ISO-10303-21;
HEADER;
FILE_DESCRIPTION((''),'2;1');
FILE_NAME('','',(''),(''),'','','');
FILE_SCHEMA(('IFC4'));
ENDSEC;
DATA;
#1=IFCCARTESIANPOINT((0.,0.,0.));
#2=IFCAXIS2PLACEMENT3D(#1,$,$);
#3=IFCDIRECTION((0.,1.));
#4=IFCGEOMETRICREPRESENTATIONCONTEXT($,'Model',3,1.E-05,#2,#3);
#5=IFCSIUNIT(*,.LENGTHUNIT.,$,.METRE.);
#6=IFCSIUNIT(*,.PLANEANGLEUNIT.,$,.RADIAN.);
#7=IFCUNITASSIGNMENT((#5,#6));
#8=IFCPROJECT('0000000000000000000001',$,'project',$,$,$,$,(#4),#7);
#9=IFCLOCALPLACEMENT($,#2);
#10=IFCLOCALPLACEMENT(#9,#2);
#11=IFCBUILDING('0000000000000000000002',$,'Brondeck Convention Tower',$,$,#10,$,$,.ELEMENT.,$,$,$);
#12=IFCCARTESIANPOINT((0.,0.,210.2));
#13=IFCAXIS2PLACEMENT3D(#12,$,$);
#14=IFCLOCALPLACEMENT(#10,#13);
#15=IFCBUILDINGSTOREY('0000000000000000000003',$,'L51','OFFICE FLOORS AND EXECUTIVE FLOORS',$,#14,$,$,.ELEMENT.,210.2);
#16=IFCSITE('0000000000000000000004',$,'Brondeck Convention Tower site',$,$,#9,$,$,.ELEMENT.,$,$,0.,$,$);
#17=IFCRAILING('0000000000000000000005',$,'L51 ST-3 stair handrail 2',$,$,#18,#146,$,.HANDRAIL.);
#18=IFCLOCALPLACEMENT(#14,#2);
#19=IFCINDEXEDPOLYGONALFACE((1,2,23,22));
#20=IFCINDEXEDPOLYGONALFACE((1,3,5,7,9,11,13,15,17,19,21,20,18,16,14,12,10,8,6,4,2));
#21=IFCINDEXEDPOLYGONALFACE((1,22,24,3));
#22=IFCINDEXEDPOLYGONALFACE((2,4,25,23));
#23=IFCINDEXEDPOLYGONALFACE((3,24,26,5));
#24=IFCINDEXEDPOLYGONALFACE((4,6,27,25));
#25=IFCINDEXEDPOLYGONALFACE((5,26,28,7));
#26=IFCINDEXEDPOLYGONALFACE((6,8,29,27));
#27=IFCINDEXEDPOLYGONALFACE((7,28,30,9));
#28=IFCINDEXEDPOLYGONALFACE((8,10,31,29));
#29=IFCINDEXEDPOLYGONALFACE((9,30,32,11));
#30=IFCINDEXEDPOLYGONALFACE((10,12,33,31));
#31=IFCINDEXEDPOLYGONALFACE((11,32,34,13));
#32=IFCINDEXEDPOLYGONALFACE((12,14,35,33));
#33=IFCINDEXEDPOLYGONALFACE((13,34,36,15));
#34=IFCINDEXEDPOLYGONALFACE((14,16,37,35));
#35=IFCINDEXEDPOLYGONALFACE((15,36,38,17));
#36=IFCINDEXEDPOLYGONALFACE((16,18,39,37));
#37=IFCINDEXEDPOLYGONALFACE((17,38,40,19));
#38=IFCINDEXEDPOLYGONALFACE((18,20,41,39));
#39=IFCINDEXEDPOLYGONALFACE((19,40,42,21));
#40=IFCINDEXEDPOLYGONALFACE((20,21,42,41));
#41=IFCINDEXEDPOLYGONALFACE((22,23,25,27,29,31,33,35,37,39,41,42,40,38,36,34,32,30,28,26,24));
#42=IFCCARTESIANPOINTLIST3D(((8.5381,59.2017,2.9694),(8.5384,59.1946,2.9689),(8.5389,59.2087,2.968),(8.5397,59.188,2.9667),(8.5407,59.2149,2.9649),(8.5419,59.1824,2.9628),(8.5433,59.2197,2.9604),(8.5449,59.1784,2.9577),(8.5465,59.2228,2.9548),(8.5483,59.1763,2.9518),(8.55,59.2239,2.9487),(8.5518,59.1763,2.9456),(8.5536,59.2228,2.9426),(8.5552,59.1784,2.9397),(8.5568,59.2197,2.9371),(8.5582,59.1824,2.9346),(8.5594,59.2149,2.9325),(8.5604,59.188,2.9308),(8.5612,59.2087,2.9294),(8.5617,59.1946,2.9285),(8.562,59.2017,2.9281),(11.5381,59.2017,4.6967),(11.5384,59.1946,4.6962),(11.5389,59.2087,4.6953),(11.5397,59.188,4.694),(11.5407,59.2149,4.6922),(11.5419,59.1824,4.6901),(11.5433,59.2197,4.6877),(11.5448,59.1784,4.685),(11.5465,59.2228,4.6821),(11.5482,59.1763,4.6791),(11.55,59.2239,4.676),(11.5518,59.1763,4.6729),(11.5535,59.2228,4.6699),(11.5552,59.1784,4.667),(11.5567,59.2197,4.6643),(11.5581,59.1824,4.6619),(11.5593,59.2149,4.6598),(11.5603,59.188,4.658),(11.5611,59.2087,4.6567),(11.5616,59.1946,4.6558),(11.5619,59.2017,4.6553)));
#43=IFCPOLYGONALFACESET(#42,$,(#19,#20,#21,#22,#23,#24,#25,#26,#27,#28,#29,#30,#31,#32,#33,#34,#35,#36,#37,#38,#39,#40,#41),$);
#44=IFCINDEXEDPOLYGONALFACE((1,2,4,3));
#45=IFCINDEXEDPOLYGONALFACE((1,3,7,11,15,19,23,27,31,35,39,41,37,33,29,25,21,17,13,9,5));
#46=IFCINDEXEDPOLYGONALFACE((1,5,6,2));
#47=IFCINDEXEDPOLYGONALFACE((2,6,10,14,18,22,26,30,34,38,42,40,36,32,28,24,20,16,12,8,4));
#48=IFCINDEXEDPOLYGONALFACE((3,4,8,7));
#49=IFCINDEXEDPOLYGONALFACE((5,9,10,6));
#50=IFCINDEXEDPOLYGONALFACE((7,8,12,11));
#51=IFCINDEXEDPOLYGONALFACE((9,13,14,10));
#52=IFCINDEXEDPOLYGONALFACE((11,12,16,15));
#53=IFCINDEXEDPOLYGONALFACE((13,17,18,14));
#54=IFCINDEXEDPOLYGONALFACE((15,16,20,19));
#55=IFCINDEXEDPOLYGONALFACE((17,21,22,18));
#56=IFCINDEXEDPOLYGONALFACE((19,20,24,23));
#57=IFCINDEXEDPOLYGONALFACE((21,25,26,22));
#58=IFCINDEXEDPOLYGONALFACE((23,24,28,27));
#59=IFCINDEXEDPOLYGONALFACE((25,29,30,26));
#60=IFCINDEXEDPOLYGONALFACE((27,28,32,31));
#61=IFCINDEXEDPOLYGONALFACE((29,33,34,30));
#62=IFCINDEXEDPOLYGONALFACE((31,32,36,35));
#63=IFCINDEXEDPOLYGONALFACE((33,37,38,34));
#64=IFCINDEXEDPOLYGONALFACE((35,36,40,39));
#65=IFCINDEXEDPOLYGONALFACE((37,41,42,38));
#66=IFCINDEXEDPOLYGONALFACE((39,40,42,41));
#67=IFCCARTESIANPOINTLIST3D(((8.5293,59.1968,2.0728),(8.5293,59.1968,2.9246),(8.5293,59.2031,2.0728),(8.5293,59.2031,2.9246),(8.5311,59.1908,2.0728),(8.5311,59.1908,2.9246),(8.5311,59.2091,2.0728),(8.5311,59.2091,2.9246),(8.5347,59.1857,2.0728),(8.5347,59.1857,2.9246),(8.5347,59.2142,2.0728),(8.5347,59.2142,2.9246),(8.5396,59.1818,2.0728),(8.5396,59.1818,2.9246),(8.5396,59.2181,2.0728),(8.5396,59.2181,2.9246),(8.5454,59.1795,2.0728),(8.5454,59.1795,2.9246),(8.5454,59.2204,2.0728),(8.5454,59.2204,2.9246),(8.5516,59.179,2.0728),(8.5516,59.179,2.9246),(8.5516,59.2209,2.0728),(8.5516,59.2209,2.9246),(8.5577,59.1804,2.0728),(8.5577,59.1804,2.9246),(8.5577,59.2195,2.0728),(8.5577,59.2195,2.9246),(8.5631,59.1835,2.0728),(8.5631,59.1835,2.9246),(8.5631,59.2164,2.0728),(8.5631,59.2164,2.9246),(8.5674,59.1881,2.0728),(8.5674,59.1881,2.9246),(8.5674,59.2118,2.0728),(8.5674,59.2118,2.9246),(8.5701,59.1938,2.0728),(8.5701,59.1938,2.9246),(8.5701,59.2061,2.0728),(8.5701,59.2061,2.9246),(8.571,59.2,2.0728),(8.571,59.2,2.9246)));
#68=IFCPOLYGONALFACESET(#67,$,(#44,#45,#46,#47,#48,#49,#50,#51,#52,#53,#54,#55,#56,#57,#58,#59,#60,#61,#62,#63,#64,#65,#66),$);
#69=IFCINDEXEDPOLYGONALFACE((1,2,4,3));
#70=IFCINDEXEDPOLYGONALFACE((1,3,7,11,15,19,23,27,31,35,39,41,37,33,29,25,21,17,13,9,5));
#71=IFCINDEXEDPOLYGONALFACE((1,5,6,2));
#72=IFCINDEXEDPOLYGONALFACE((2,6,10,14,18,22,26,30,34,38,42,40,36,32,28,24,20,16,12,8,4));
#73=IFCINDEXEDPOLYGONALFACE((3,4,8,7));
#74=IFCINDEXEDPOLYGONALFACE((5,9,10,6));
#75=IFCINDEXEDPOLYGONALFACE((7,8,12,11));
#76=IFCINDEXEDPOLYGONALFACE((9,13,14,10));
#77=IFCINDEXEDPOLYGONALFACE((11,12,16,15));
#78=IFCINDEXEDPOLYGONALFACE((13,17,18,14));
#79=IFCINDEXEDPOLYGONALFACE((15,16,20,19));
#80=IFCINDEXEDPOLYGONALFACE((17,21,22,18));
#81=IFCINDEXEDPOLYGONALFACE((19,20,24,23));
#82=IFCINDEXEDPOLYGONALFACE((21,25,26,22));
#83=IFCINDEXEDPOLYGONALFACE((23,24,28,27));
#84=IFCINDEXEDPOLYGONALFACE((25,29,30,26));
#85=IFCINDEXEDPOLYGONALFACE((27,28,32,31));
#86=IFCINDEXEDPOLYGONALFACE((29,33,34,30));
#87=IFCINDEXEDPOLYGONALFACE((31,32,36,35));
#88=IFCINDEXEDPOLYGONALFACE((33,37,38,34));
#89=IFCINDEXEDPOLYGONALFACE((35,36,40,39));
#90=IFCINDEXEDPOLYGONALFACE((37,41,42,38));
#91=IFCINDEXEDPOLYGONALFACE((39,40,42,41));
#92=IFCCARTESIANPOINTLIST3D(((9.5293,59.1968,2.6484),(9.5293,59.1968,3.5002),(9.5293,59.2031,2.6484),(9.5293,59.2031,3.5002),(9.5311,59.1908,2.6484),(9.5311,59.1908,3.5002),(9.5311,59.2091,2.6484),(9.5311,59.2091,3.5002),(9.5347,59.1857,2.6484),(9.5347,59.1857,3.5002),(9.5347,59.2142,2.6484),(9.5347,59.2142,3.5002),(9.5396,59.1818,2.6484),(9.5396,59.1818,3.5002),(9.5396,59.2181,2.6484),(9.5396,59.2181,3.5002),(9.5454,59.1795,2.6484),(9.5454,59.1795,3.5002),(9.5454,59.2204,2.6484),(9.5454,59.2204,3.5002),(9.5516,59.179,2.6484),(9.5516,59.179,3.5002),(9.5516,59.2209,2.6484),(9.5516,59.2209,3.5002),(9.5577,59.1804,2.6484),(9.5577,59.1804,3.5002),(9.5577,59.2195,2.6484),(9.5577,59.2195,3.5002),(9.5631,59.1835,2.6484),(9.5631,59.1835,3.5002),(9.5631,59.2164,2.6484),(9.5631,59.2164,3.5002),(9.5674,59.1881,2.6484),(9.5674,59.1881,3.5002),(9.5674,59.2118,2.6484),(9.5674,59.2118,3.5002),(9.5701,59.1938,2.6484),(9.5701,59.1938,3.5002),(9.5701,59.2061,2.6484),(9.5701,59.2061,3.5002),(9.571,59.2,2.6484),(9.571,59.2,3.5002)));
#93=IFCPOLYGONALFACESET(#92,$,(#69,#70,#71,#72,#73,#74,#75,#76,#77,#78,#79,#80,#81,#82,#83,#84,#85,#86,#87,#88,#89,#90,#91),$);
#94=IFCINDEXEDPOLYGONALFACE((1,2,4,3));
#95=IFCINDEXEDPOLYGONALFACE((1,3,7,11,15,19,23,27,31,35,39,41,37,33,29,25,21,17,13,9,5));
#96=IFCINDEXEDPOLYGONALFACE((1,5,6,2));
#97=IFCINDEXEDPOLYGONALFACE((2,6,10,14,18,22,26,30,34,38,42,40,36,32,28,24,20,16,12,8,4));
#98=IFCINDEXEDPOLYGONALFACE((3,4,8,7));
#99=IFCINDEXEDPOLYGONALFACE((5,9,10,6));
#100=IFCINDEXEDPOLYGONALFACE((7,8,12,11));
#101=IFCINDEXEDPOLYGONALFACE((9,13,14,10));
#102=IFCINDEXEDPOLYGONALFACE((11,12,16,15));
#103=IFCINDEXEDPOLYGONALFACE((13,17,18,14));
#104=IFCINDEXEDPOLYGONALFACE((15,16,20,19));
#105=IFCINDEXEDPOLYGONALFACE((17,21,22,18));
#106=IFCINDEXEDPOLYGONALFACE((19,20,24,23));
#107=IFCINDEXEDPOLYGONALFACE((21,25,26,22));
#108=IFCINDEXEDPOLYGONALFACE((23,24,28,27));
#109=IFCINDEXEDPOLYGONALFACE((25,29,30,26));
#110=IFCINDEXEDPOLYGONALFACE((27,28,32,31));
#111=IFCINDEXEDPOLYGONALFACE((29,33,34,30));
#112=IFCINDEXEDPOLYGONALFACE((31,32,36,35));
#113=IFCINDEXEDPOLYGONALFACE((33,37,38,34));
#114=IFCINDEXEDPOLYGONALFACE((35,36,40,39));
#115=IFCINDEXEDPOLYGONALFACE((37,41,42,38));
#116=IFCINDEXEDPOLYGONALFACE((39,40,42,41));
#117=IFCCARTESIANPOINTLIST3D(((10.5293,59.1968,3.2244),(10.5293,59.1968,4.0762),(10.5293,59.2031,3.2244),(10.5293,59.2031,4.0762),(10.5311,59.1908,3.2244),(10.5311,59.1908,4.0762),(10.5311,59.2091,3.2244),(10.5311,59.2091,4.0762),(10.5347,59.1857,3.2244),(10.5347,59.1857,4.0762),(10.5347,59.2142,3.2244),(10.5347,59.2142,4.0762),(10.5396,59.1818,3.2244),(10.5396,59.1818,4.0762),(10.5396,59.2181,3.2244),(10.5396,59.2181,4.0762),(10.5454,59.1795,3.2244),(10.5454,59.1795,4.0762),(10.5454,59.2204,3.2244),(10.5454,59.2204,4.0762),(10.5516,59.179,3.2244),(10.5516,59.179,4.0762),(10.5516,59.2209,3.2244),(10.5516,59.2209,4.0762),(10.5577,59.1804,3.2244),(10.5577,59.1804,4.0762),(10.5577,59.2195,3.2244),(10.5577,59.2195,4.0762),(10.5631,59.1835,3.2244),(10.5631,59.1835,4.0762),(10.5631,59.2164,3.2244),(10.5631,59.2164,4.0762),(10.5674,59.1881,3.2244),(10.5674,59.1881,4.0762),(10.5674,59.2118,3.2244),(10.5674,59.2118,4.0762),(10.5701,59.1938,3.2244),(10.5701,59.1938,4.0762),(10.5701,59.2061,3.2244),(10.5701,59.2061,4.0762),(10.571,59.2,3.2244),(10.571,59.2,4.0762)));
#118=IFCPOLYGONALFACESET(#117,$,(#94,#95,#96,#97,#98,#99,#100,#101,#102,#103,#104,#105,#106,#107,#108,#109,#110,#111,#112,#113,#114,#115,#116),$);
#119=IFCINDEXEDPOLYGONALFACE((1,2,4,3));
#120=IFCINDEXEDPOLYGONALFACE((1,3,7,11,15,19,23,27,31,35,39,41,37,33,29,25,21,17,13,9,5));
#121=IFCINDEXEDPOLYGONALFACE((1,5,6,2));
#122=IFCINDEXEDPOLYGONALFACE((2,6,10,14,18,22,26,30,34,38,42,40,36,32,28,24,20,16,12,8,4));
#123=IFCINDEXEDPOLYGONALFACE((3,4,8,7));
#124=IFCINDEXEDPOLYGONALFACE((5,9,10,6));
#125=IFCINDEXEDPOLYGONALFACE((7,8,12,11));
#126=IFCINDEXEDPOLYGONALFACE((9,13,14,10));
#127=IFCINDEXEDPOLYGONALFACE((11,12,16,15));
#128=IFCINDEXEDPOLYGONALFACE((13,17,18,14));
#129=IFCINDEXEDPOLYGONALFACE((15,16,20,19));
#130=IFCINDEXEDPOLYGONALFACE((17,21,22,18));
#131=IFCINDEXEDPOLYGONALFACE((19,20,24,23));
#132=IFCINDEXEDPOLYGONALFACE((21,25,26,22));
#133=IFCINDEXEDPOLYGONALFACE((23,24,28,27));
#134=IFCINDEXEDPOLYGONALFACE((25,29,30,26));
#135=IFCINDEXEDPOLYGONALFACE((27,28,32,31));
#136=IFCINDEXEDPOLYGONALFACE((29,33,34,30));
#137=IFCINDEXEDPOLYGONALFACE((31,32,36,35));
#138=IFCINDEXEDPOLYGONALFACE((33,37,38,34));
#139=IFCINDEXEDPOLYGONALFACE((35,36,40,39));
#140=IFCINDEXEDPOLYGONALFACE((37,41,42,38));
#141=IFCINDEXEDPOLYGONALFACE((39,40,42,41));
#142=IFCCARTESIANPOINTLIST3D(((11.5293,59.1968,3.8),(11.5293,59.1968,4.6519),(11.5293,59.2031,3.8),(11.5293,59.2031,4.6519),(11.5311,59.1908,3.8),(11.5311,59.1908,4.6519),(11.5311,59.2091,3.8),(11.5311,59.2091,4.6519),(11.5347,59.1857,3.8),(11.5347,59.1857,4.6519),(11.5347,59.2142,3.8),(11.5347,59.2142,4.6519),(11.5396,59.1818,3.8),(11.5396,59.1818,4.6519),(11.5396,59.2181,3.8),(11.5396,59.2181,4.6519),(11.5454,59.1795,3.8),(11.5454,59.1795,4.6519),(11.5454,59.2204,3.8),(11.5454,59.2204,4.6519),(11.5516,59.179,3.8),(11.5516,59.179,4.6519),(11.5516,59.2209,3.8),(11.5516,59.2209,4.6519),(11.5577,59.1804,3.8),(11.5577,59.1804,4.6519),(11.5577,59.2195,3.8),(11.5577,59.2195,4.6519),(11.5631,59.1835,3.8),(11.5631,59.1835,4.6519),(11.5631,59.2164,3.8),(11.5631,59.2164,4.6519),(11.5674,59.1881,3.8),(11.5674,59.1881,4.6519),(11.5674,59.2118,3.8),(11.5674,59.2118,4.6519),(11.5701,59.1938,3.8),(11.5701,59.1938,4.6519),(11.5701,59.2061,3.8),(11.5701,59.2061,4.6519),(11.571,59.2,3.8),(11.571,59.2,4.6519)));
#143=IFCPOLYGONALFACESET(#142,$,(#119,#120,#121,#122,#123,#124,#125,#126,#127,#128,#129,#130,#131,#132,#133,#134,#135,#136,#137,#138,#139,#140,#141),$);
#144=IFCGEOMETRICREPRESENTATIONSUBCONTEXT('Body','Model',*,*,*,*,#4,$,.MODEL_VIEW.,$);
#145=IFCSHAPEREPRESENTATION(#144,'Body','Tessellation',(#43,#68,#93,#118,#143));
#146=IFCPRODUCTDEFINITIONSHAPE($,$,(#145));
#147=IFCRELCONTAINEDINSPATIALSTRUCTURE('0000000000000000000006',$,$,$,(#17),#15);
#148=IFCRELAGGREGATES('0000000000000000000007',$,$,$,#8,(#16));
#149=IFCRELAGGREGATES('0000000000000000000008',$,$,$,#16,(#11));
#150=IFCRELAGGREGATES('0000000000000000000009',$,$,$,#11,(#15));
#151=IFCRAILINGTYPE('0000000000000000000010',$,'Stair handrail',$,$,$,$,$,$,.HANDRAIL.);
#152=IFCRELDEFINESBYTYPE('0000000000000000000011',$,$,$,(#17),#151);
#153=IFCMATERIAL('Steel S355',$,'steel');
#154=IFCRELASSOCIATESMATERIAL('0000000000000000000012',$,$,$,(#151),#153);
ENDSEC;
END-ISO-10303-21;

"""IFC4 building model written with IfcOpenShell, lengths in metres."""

from ifc_helpers import new_model, si_unit, direction, frame, origin, origin_2d, place, context, subcontext, project, spatial, circle, extrude, material, type_object, element, save


model = new_model("IFC4")

# Units and contexts
model_context = context("Model", 3, precision=1e-05, world=origin(), true_north=direction((0.0, 1.0)))
body_context = subcontext(model_context, "Body", "Model", "MODEL_VIEW")
ifc_project = project(units=[si_unit("LENGTHUNIT", "METRE"), si_unit("PLANEANGLEUNIT", "RADIAN")], contexts=[model_context])

# Site, building, storey
site_placement = place(None, origin())
site = spatial("IfcSite", under=ifc_project, at=site_placement, Name="Brondeck Convention Tower site", CompositionType="ELEMENT", RefElevation=0.0)
building_placement = place(site_placement, origin())
building = spatial("IfcBuilding", under=site, at=building_placement, Name="Brondeck Convention Tower", CompositionType="ELEMENT")
storey_placement = place(building_placement, frame((0.0, 0.0, 210.2)))
storey = spatial("IfcBuildingStorey", under=building, at=storey_placement, Name="L51", Description="OFFICE FLOORS AND EXECUTIVE FLOORS", CompositionType="ELEMENT", Elevation=210.2)

# Railing
ifc_material_1 = material(Name="Steel S355", Category="steel")
railing_type_1 = type_object("IfcRailingType", Name="Stair handrail", PredefinedType="HANDRAIL", material=ifc_material_1)
railing_1_placement = place(storey_placement, frame((8.55, 59.2, 2.0728)))
element("IfcRailing", 1, at=railing_1_placement, inside=storey, type_object=railing_type_1, Name="L51 ST-3 stair handrail 2", PredefinedType="HANDRAIL", context=body_context, shape_type="SweptSolid", body=[
    extrude(circle(Radius=0.0239, at=origin_2d()), frame((0.0, 0.0, 0.876), z_axis=(0.86662, 0.0, 0.498969), x_axis=(0.0, 1.0, 0.0)), (0.0, 0.0, 1.0), 3.4617),
    extrude(circle(Radius=0.021, at=origin_2d()), origin(), (0.0, 0.0, 1.0), 0.8518),
    extrude(circle(Radius=0.021, at=origin_2d()), frame((1.0, 0.0, 0.5757)), (0.0, 0.0, 1.0), 0.8518),
    extrude(circle(Radius=0.021, at=origin_2d()), frame((2.0, 0.0, 1.1516)), (0.0, 0.0, 1.0), 0.8518),
    extrude(circle(Radius=0.021, at=origin_2d()), frame((3.0, 0.0, 1.7273)), (0.0, 0.0, 1.0), 0.8518),
])

save(model, "model.ifc")
